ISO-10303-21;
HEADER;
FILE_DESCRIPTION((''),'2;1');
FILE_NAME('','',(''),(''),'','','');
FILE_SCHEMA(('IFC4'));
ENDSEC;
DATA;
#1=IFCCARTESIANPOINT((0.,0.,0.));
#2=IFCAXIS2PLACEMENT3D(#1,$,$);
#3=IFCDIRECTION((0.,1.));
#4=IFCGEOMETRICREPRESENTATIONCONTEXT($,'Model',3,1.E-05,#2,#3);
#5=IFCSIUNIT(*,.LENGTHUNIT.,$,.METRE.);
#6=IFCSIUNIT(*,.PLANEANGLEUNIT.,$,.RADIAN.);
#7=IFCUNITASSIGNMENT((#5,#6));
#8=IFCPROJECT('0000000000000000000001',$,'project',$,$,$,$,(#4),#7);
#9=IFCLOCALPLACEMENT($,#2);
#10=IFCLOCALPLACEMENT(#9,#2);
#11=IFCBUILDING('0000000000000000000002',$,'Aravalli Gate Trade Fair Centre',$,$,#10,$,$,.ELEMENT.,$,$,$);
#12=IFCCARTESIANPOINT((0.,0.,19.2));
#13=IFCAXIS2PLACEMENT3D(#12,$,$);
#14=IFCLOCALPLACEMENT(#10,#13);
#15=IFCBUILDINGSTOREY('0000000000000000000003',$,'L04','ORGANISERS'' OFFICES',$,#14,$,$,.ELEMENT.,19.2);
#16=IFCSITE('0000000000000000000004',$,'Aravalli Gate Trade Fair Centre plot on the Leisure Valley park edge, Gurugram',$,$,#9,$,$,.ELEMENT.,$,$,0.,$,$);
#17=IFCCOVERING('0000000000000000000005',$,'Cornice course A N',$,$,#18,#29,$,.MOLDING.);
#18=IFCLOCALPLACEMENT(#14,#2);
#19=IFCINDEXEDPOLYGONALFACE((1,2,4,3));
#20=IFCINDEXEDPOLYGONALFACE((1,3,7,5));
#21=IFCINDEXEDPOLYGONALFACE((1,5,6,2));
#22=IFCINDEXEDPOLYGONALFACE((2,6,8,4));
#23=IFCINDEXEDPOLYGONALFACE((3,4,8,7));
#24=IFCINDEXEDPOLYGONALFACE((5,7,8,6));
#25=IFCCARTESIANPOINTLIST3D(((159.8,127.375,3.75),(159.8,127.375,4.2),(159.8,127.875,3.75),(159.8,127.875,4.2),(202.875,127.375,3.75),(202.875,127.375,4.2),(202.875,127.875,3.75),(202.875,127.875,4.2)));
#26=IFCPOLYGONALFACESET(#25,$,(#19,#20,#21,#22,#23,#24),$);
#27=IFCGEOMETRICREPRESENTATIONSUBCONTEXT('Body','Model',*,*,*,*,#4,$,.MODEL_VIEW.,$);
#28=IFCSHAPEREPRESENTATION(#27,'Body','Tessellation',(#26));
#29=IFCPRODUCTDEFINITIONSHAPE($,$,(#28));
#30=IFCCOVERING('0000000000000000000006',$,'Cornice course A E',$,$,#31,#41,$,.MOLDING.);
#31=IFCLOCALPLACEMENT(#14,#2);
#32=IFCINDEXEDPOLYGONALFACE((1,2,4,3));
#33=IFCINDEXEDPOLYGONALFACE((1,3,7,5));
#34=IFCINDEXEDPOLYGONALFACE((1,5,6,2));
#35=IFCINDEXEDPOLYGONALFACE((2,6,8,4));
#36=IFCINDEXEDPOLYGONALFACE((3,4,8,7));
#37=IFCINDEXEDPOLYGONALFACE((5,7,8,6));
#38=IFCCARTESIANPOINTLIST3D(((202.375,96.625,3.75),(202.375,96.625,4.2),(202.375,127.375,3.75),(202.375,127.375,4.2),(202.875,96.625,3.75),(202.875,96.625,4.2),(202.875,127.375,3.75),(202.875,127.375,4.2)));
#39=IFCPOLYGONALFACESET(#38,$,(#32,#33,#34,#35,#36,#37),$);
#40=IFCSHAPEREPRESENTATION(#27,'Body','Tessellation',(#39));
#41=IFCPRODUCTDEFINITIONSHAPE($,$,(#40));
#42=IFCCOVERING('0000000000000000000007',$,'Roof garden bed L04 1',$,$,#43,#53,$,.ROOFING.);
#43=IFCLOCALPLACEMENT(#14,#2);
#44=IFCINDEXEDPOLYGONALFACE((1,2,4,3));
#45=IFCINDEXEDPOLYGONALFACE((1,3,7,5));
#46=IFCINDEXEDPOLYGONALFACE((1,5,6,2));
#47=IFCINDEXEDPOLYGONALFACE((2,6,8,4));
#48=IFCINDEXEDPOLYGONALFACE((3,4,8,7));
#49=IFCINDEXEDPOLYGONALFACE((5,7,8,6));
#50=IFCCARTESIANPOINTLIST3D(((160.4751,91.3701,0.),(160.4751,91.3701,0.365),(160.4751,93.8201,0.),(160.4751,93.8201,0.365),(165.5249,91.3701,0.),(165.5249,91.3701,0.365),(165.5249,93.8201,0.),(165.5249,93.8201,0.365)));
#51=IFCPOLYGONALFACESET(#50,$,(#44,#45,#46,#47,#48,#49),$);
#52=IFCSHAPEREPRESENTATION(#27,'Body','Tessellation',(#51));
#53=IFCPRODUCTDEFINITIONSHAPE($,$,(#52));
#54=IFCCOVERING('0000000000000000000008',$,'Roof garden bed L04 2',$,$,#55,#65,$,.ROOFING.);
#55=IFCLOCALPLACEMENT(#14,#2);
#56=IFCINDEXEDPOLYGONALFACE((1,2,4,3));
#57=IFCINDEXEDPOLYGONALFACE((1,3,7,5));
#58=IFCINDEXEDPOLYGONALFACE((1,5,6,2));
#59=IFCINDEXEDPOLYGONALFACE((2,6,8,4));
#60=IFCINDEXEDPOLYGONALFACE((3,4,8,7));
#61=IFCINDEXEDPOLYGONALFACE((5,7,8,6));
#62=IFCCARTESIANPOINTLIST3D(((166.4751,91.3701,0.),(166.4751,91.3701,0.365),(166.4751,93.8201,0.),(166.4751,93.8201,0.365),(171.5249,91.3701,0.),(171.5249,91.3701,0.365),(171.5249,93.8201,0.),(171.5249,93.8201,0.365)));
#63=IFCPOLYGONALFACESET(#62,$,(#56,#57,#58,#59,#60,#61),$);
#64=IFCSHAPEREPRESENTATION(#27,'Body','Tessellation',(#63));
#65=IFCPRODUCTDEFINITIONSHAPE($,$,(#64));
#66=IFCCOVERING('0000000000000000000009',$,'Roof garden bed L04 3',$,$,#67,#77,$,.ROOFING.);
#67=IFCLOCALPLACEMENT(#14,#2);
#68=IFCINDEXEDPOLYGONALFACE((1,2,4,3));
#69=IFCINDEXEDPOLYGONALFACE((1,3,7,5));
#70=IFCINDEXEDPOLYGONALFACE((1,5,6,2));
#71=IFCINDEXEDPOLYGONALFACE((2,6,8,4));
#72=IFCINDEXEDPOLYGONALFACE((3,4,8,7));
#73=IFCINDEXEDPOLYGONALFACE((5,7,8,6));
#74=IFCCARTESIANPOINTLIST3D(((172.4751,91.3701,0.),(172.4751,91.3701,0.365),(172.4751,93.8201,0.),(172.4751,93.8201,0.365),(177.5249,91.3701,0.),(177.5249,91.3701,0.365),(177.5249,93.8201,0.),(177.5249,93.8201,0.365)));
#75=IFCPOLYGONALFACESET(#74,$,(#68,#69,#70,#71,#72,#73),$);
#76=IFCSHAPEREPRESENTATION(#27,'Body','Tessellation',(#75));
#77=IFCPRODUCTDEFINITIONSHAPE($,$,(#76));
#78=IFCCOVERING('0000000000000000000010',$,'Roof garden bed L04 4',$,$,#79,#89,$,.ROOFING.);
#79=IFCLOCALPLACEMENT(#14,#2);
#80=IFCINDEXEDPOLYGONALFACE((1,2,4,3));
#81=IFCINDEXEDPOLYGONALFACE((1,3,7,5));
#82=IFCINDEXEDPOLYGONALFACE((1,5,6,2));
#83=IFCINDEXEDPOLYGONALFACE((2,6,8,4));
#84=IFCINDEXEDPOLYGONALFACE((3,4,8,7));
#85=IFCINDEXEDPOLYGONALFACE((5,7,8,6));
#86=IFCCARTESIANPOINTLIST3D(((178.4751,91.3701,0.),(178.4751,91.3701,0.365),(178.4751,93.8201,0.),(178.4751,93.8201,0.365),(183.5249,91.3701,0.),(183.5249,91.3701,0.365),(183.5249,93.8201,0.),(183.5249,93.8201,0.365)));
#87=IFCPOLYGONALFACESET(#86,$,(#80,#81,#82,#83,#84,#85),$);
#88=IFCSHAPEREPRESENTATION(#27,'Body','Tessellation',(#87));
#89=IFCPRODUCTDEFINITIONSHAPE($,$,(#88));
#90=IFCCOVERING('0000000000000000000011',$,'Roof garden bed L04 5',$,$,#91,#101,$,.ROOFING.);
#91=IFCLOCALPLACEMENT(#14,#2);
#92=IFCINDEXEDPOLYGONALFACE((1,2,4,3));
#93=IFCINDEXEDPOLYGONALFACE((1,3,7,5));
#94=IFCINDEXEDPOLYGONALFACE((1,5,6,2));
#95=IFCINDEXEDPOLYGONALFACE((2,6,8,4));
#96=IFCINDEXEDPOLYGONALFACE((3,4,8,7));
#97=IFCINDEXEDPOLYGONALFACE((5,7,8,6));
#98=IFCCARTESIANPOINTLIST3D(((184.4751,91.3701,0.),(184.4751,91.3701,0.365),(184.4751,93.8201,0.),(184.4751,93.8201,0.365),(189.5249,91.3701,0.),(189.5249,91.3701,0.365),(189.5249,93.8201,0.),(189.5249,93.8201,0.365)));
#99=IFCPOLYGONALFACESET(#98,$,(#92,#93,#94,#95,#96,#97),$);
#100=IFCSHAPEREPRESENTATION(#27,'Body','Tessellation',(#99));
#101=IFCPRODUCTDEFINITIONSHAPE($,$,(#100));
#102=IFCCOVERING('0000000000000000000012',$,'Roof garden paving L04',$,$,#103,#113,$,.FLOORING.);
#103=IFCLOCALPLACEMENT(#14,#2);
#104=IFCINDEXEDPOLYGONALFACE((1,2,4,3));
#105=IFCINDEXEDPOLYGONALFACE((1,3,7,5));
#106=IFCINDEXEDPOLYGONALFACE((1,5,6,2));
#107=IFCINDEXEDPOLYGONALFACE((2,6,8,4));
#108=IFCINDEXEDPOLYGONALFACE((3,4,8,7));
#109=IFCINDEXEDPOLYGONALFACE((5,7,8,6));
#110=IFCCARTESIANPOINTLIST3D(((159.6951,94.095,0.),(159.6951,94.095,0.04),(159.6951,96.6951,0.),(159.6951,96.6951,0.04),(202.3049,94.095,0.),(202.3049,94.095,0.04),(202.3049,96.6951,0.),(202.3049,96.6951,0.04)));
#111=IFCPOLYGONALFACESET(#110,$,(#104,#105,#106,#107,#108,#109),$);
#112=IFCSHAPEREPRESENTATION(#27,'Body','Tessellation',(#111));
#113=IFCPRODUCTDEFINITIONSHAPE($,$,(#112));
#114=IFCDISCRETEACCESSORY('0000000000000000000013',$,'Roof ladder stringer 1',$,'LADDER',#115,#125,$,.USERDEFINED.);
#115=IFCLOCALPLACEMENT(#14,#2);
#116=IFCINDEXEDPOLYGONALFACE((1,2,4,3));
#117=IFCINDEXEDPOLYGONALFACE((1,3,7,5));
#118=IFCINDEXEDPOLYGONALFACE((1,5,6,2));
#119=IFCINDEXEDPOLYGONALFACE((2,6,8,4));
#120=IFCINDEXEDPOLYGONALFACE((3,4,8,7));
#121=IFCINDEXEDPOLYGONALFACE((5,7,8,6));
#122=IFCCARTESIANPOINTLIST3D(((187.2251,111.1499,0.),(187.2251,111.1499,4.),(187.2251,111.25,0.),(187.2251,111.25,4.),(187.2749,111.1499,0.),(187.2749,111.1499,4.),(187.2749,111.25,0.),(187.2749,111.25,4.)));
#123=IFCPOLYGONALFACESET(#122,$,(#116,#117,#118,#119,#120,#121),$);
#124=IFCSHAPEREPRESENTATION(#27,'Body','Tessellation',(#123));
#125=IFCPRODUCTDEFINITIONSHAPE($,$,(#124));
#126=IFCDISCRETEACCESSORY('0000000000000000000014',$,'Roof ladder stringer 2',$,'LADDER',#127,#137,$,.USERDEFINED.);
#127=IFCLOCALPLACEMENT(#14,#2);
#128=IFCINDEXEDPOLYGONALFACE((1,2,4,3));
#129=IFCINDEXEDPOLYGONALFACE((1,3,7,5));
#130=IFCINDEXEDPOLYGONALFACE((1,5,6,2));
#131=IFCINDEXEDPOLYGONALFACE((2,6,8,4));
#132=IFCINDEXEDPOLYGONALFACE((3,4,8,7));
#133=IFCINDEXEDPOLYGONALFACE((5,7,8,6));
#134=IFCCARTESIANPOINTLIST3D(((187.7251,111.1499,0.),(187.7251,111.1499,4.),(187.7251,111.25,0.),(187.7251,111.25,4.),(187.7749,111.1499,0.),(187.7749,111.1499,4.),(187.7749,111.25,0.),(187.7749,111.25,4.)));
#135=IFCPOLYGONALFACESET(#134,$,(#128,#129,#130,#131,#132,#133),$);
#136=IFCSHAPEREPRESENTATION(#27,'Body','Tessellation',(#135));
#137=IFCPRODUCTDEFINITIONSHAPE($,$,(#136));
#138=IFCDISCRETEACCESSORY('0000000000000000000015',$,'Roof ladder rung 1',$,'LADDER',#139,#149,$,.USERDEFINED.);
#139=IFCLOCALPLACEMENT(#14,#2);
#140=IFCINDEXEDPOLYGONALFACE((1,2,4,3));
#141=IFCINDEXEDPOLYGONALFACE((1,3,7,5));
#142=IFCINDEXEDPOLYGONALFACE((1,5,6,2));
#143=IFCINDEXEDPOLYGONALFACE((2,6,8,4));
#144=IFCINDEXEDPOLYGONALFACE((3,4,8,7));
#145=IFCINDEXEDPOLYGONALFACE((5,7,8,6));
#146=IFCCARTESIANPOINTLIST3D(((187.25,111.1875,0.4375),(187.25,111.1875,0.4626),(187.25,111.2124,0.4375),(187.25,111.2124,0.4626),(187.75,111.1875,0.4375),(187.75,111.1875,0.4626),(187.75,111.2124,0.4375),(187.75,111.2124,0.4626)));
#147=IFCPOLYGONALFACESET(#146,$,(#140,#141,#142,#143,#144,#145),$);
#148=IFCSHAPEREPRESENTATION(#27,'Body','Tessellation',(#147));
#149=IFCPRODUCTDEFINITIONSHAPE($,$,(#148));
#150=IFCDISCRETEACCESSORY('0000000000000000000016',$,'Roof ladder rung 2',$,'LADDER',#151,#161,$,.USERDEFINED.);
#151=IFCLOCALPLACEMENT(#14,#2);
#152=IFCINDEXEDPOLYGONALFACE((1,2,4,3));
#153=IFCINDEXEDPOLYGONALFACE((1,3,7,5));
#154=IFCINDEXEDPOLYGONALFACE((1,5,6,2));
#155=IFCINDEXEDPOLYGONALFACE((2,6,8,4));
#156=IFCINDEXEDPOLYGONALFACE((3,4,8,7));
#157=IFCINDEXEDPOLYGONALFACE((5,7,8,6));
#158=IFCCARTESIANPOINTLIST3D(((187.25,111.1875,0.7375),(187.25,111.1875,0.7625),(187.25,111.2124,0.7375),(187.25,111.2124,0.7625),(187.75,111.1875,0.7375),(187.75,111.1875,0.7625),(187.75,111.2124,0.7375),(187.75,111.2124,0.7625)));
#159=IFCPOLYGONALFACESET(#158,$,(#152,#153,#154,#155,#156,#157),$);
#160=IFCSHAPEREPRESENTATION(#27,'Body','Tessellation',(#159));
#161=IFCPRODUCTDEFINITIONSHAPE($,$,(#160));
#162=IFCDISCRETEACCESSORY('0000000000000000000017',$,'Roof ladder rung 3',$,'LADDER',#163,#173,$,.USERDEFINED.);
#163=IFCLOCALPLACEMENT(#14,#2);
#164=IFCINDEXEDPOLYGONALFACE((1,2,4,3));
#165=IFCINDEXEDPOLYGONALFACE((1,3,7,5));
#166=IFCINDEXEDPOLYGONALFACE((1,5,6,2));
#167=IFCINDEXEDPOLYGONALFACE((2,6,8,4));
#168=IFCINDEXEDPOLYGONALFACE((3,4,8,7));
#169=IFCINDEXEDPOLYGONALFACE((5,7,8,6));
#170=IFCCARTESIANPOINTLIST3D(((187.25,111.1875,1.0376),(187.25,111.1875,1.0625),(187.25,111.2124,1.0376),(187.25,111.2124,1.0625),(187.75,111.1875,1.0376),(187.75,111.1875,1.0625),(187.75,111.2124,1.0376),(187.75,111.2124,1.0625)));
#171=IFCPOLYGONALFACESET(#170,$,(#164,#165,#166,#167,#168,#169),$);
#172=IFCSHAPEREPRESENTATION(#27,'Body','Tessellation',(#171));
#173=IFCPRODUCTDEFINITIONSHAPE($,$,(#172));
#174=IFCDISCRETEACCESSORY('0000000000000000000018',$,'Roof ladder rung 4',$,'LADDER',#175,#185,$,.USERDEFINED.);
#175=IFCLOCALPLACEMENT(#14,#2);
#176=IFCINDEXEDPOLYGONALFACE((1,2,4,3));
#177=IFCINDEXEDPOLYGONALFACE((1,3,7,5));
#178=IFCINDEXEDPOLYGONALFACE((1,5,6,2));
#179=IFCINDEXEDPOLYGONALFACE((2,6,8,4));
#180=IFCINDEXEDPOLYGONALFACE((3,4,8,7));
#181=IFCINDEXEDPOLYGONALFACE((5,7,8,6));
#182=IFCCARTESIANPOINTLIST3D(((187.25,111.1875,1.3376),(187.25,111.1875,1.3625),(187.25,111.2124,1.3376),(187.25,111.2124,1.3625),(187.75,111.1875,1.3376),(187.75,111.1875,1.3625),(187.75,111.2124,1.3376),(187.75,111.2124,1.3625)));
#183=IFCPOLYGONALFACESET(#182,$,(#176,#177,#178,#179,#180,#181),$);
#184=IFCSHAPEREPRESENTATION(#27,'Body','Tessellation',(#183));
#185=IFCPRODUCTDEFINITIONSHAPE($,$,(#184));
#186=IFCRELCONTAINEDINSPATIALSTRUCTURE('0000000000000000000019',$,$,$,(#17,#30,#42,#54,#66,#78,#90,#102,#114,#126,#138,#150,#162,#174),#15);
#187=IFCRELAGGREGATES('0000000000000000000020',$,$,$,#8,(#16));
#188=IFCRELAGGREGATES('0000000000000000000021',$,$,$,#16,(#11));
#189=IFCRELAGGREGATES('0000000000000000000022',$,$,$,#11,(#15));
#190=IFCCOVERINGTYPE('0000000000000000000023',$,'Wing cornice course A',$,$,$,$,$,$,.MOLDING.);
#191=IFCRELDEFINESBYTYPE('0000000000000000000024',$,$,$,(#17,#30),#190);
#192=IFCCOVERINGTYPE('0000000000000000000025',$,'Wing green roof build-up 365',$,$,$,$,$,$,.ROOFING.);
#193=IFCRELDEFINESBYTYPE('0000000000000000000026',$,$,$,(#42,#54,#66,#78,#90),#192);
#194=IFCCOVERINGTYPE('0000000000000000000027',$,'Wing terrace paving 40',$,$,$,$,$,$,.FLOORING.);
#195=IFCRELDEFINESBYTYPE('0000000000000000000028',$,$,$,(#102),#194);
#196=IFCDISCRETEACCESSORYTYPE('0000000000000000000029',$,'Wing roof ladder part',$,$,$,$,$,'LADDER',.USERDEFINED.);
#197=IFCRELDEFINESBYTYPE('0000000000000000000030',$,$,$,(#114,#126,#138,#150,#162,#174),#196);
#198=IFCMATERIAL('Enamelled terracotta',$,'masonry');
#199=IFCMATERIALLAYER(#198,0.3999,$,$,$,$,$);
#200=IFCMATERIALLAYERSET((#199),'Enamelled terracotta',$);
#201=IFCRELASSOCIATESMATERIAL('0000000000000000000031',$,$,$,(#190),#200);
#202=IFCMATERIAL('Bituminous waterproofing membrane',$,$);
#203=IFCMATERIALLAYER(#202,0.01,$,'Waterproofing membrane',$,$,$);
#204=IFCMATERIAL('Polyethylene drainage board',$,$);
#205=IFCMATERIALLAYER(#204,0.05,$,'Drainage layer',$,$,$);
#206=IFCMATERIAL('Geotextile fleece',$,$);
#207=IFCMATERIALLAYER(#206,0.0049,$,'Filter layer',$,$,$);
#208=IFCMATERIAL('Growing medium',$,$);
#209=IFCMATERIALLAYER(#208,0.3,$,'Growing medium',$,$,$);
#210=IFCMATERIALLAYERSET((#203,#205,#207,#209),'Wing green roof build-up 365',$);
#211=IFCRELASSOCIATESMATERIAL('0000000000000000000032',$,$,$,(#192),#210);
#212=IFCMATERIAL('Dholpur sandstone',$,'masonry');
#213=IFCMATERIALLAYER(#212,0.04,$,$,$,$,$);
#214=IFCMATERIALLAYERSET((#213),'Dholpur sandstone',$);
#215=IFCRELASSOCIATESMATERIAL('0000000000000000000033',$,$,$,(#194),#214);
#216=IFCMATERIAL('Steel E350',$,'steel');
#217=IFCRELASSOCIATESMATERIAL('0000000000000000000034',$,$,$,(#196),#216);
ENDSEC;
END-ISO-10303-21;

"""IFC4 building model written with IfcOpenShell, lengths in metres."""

from ifc_helpers import new_model, si_unit, direction, frame, origin, place, context, subcontext, project, spatial, polyline, outline, extrude, material, layer, layer_set, type_object, element, save


model = new_model("IFC4")

# Units and contexts
model_context = context("Model", 3, precision=1e-05, world=origin(), true_north=direction((0.0, 1.0)))
body_context = subcontext(model_context, "Body", "Model", "MODEL_VIEW")
ifc_project = project(units=[si_unit("LENGTHUNIT", "METRE"), si_unit("PLANEANGLEUNIT", "RADIAN")], contexts=[model_context])

# Site, building, storey
site_placement = place(None, origin())
site = spatial("IfcSite", under=ifc_project, at=site_placement, Name="Aravalli Gate Trade Fair Centre plot on the Leisure Valley park edge, Gurugram", CompositionType="ELEMENT", RefElevation=0.0)
building_placement = place(site_placement, origin())
building = spatial("IfcBuilding", under=site, at=building_placement, Name="Aravalli Gate Trade Fair Centre", CompositionType="ELEMENT")
storey_placement = place(building_placement, frame((0.0, 0.0, 19.2)))
storey = spatial("IfcBuildingStorey", under=building, at=storey_placement, Name="L04", Description="ORGANISERS' OFFICES", CompositionType="ELEMENT", Elevation=19.2)

# Coverings
ifc_material_1 = material(Name="Enamelled terracotta", Category="masonry")
ifc_layer_1 = layer(ifc_material_1, 0.3999)
ifc_layer_set_1 = layer_set([ifc_layer_1], Name="Enamelled terracotta")
covering_type_1 = type_object("IfcCoveringType", Name="Wing cornice course A", PredefinedType="MOLDING", material=ifc_layer_set_1)
covering_1_placement = place(storey_placement, frame((0.0, 0.0, 3.75)))
element("IfcCovering", 1, at=covering_1_placement, inside=storey, type_object=covering_type_1, Name="Cornice course A N", PredefinedType="MOLDING", context=body_context, shape_type="SweptSolid", body=[
    extrude(outline(polyline([(159.8, 127.375), (202.875, 127.375), (202.875, 127.875), (159.8, 127.875), (159.8, 127.375)])), origin(), (0.0, 0.0, 1.0), 0.45),
])
covering_2_placement = place(storey_placement, frame((0.0, 0.0, 3.75)))
element("IfcCovering", 2, at=covering_2_placement, inside=storey, type_object=covering_type_1, Name="Cornice course A E", PredefinedType="MOLDING", context=body_context, shape_type="SweptSolid", body=[
    extrude(outline(polyline([(202.375, 96.625), (202.875, 96.625), (202.875, 127.375), (202.375, 127.375), (202.375, 96.625)])), origin(), (0.0, 0.0, 1.0), 0.45),
])
ifc_material_2 = material(Name="Bituminous waterproofing membrane")
ifc_layer_2 = layer(ifc_material_2, 0.01, Name="Waterproofing membrane")
ifc_material_3 = material(Name="Polyethylene drainage board")
ifc_layer_3 = layer(ifc_material_3, 0.05, Name="Drainage layer")
ifc_material_4 = material(Name="Geotextile fleece")
ifc_layer_4 = layer(ifc_material_4, 0.0049, Name="Filter layer")
ifc_material_5 = material(Name="Growing medium")
ifc_layer_5 = layer(ifc_material_5, 0.3, Name="Growing medium")
ifc_layer_set_2 = layer_set([ifc_layer_2, ifc_layer_3, ifc_layer_4, ifc_layer_5], Name="Wing green roof build-up 365")
covering_type_2 = type_object("IfcCoveringType", Name="Wing green roof build-up 365", PredefinedType="ROOFING", material=ifc_layer_set_2)
covering_3_placement = place(storey_placement, origin())
element("IfcCovering", 3, at=covering_3_placement, inside=storey, type_object=covering_type_2, Name="Roof garden bed L04 1", PredefinedType="ROOFING", context=body_context, shape_type="SweptSolid", body=[
    extrude(outline(polyline([(160.4751, 91.3701), (165.5249, 91.3701), (165.5249, 93.8201), (160.4751, 93.8201), (160.4751, 91.3701)])), origin(), (0.0, 0.0, 1.0), 0.365),
])
covering_4_placement = place(storey_placement, origin())
element("IfcCovering", 4, at=covering_4_placement, inside=storey, type_object=covering_type_2, Name="Roof garden bed L04 2", PredefinedType="ROOFING", context=body_context, shape_type="SweptSolid", body=[
    extrude(outline(polyline([(166.4751, 91.3701), (171.5249, 91.3701), (171.5249, 93.8201), (166.4751, 93.8201), (166.4751, 91.3701)])), origin(), (0.0, 0.0, 1.0), 0.365),
])
covering_5_placement = place(storey_placement, origin())
element("IfcCovering", 5, at=covering_5_placement, inside=storey, type_object=covering_type_2, Name="Roof garden bed L04 3", PredefinedType="ROOFING", context=body_context, shape_type="SweptSolid", body=[
    extrude(outline(polyline([(172.4751, 91.3701), (177.5249, 91.3701), (177.5249, 93.8201), (172.4751, 93.8201), (172.4751, 91.3701)])), origin(), (0.0, 0.0, 1.0), 0.365),
])
covering_6_placement = place(storey_placement, origin())
element("IfcCovering", 6, at=covering_6_placement, inside=storey, type_object=covering_type_2, Name="Roof garden bed L04 4", PredefinedType="ROOFING", context=body_context, shape_type="SweptSolid", body=[
    extrude(outline(polyline([(178.4751, 91.3701), (183.5249, 91.3701), (183.5249, 93.8201), (178.4751, 93.8201), (178.4751, 91.3701)])), origin(), (0.0, 0.0, 1.0), 0.365),
])
covering_7_placement = place(storey_placement, origin())
element("IfcCovering", 7, at=covering_7_placement, inside=storey, type_object=covering_type_2, Name="Roof garden bed L04 5", PredefinedType="ROOFING", context=body_context, shape_type="SweptSolid", body=[
    extrude(outline(polyline([(184.4751, 91.3701), (189.5249, 91.3701), (189.5249, 93.8201), (184.4751, 93.8201), (184.4751, 91.3701)])), origin(), (0.0, 0.0, 1.0), 0.365),
])
ifc_material_6 = material(Name="Dholpur sandstone", Category="masonry")
ifc_layer_6 = layer(ifc_material_6, 0.04)
ifc_layer_set_3 = layer_set([ifc_layer_6], Name="Dholpur sandstone")
covering_type_3 = type_object("IfcCoveringType", Name="Wing terrace paving 40", PredefinedType="FLOORING", material=ifc_layer_set_3)
covering_8_placement = place(storey_placement, origin())
element("IfcCovering", 8, at=covering_8_placement, inside=storey, type_object=covering_type_3, Name="Roof garden paving L04", PredefinedType="FLOORING", context=body_context, shape_type="SweptSolid", body=[
    extrude(outline(polyline([(202.3049, 94.095), (159.6951, 94.095), (159.6951, 96.6951), (202.3049, 96.6951), (202.3049, 94.095)])), origin(), (0.0, 0.0, 1.0), 0.04),
])

# Discrete accessories
ifc_material_7 = material(Name="Steel E350", Category="steel")
discrete_accessory_type = type_object("IfcDiscreteAccessoryType", Name="Wing roof ladder part", ElementType="LADDER", PredefinedType="USERDEFINED", material=ifc_material_7)
discrete_accessory_1_placement = place(storey_placement, origin())
element("IfcDiscreteAccessory", 9, at=discrete_accessory_1_placement, inside=storey, type_object=discrete_accessory_type, Name="Roof ladder stringer 1", ObjectType="LADDER", PredefinedType="USERDEFINED", context=body_context, shape_type="SweptSolid", body=[
    extrude(outline(polyline([(187.2251, 111.1499), (187.2749, 111.1499), (187.2749, 111.25), (187.2251, 111.25), (187.2251, 111.1499)])), origin(), (0.0, 0.0, 1.0), 4.0),
])
discrete_accessory_2_placement = place(storey_placement, origin())
element("IfcDiscreteAccessory", 10, at=discrete_accessory_2_placement, inside=storey, type_object=discrete_accessory_type, Name="Roof ladder stringer 2", ObjectType="LADDER", PredefinedType="USERDEFINED", context=body_context, shape_type="SweptSolid", body=[
    extrude(outline(polyline([(187.7251, 111.1499), (187.7749, 111.1499), (187.7749, 111.25), (187.7251, 111.25), (187.7251, 111.1499)])), origin(), (0.0, 0.0, 1.0), 4.0),
])
discrete_accessory_3_placement = place(storey_placement, frame((0.0, 0.0, 0.4375)))
element("IfcDiscreteAccessory", 11, at=discrete_accessory_3_placement, inside=storey, type_object=discrete_accessory_type, Name="Roof ladder rung 1", ObjectType="LADDER", PredefinedType="USERDEFINED", context=body_context, shape_type="SweptSolid", body=[
    extrude(outline(polyline([(187.25, 111.1875), (187.75, 111.1875), (187.75, 111.2124), (187.25, 111.2124), (187.25, 111.1875)])), origin(), (0.0, 0.0, 1.0), 0.0251),
])
for number, where, name in (
    (12, (0.0, 0.0, 0.7375), "Roof ladder rung 2"),
    (13, (0.0, 0.0, 1.0376), "Roof ladder rung 3"),
    (14, (0.0, 0.0, 1.3376), "Roof ladder rung 4"),
):
    element("IfcDiscreteAccessory", number, at=place(storey_placement, frame(where)), inside=storey, type_object=discrete_accessory_type, Name=name, ObjectType="LADDER", PredefinedType="USERDEFINED", context=body_context, shape_type="SweptSolid", body=[
        extrude(outline(polyline([(187.25, 111.1875), (187.75, 111.1875), (187.75, 111.2124), (187.25, 111.2124), (187.25, 111.1875)])), origin(), (0.0, 0.0, 1.0), 0.0249),
    ])

save(model, "model.ifc")
